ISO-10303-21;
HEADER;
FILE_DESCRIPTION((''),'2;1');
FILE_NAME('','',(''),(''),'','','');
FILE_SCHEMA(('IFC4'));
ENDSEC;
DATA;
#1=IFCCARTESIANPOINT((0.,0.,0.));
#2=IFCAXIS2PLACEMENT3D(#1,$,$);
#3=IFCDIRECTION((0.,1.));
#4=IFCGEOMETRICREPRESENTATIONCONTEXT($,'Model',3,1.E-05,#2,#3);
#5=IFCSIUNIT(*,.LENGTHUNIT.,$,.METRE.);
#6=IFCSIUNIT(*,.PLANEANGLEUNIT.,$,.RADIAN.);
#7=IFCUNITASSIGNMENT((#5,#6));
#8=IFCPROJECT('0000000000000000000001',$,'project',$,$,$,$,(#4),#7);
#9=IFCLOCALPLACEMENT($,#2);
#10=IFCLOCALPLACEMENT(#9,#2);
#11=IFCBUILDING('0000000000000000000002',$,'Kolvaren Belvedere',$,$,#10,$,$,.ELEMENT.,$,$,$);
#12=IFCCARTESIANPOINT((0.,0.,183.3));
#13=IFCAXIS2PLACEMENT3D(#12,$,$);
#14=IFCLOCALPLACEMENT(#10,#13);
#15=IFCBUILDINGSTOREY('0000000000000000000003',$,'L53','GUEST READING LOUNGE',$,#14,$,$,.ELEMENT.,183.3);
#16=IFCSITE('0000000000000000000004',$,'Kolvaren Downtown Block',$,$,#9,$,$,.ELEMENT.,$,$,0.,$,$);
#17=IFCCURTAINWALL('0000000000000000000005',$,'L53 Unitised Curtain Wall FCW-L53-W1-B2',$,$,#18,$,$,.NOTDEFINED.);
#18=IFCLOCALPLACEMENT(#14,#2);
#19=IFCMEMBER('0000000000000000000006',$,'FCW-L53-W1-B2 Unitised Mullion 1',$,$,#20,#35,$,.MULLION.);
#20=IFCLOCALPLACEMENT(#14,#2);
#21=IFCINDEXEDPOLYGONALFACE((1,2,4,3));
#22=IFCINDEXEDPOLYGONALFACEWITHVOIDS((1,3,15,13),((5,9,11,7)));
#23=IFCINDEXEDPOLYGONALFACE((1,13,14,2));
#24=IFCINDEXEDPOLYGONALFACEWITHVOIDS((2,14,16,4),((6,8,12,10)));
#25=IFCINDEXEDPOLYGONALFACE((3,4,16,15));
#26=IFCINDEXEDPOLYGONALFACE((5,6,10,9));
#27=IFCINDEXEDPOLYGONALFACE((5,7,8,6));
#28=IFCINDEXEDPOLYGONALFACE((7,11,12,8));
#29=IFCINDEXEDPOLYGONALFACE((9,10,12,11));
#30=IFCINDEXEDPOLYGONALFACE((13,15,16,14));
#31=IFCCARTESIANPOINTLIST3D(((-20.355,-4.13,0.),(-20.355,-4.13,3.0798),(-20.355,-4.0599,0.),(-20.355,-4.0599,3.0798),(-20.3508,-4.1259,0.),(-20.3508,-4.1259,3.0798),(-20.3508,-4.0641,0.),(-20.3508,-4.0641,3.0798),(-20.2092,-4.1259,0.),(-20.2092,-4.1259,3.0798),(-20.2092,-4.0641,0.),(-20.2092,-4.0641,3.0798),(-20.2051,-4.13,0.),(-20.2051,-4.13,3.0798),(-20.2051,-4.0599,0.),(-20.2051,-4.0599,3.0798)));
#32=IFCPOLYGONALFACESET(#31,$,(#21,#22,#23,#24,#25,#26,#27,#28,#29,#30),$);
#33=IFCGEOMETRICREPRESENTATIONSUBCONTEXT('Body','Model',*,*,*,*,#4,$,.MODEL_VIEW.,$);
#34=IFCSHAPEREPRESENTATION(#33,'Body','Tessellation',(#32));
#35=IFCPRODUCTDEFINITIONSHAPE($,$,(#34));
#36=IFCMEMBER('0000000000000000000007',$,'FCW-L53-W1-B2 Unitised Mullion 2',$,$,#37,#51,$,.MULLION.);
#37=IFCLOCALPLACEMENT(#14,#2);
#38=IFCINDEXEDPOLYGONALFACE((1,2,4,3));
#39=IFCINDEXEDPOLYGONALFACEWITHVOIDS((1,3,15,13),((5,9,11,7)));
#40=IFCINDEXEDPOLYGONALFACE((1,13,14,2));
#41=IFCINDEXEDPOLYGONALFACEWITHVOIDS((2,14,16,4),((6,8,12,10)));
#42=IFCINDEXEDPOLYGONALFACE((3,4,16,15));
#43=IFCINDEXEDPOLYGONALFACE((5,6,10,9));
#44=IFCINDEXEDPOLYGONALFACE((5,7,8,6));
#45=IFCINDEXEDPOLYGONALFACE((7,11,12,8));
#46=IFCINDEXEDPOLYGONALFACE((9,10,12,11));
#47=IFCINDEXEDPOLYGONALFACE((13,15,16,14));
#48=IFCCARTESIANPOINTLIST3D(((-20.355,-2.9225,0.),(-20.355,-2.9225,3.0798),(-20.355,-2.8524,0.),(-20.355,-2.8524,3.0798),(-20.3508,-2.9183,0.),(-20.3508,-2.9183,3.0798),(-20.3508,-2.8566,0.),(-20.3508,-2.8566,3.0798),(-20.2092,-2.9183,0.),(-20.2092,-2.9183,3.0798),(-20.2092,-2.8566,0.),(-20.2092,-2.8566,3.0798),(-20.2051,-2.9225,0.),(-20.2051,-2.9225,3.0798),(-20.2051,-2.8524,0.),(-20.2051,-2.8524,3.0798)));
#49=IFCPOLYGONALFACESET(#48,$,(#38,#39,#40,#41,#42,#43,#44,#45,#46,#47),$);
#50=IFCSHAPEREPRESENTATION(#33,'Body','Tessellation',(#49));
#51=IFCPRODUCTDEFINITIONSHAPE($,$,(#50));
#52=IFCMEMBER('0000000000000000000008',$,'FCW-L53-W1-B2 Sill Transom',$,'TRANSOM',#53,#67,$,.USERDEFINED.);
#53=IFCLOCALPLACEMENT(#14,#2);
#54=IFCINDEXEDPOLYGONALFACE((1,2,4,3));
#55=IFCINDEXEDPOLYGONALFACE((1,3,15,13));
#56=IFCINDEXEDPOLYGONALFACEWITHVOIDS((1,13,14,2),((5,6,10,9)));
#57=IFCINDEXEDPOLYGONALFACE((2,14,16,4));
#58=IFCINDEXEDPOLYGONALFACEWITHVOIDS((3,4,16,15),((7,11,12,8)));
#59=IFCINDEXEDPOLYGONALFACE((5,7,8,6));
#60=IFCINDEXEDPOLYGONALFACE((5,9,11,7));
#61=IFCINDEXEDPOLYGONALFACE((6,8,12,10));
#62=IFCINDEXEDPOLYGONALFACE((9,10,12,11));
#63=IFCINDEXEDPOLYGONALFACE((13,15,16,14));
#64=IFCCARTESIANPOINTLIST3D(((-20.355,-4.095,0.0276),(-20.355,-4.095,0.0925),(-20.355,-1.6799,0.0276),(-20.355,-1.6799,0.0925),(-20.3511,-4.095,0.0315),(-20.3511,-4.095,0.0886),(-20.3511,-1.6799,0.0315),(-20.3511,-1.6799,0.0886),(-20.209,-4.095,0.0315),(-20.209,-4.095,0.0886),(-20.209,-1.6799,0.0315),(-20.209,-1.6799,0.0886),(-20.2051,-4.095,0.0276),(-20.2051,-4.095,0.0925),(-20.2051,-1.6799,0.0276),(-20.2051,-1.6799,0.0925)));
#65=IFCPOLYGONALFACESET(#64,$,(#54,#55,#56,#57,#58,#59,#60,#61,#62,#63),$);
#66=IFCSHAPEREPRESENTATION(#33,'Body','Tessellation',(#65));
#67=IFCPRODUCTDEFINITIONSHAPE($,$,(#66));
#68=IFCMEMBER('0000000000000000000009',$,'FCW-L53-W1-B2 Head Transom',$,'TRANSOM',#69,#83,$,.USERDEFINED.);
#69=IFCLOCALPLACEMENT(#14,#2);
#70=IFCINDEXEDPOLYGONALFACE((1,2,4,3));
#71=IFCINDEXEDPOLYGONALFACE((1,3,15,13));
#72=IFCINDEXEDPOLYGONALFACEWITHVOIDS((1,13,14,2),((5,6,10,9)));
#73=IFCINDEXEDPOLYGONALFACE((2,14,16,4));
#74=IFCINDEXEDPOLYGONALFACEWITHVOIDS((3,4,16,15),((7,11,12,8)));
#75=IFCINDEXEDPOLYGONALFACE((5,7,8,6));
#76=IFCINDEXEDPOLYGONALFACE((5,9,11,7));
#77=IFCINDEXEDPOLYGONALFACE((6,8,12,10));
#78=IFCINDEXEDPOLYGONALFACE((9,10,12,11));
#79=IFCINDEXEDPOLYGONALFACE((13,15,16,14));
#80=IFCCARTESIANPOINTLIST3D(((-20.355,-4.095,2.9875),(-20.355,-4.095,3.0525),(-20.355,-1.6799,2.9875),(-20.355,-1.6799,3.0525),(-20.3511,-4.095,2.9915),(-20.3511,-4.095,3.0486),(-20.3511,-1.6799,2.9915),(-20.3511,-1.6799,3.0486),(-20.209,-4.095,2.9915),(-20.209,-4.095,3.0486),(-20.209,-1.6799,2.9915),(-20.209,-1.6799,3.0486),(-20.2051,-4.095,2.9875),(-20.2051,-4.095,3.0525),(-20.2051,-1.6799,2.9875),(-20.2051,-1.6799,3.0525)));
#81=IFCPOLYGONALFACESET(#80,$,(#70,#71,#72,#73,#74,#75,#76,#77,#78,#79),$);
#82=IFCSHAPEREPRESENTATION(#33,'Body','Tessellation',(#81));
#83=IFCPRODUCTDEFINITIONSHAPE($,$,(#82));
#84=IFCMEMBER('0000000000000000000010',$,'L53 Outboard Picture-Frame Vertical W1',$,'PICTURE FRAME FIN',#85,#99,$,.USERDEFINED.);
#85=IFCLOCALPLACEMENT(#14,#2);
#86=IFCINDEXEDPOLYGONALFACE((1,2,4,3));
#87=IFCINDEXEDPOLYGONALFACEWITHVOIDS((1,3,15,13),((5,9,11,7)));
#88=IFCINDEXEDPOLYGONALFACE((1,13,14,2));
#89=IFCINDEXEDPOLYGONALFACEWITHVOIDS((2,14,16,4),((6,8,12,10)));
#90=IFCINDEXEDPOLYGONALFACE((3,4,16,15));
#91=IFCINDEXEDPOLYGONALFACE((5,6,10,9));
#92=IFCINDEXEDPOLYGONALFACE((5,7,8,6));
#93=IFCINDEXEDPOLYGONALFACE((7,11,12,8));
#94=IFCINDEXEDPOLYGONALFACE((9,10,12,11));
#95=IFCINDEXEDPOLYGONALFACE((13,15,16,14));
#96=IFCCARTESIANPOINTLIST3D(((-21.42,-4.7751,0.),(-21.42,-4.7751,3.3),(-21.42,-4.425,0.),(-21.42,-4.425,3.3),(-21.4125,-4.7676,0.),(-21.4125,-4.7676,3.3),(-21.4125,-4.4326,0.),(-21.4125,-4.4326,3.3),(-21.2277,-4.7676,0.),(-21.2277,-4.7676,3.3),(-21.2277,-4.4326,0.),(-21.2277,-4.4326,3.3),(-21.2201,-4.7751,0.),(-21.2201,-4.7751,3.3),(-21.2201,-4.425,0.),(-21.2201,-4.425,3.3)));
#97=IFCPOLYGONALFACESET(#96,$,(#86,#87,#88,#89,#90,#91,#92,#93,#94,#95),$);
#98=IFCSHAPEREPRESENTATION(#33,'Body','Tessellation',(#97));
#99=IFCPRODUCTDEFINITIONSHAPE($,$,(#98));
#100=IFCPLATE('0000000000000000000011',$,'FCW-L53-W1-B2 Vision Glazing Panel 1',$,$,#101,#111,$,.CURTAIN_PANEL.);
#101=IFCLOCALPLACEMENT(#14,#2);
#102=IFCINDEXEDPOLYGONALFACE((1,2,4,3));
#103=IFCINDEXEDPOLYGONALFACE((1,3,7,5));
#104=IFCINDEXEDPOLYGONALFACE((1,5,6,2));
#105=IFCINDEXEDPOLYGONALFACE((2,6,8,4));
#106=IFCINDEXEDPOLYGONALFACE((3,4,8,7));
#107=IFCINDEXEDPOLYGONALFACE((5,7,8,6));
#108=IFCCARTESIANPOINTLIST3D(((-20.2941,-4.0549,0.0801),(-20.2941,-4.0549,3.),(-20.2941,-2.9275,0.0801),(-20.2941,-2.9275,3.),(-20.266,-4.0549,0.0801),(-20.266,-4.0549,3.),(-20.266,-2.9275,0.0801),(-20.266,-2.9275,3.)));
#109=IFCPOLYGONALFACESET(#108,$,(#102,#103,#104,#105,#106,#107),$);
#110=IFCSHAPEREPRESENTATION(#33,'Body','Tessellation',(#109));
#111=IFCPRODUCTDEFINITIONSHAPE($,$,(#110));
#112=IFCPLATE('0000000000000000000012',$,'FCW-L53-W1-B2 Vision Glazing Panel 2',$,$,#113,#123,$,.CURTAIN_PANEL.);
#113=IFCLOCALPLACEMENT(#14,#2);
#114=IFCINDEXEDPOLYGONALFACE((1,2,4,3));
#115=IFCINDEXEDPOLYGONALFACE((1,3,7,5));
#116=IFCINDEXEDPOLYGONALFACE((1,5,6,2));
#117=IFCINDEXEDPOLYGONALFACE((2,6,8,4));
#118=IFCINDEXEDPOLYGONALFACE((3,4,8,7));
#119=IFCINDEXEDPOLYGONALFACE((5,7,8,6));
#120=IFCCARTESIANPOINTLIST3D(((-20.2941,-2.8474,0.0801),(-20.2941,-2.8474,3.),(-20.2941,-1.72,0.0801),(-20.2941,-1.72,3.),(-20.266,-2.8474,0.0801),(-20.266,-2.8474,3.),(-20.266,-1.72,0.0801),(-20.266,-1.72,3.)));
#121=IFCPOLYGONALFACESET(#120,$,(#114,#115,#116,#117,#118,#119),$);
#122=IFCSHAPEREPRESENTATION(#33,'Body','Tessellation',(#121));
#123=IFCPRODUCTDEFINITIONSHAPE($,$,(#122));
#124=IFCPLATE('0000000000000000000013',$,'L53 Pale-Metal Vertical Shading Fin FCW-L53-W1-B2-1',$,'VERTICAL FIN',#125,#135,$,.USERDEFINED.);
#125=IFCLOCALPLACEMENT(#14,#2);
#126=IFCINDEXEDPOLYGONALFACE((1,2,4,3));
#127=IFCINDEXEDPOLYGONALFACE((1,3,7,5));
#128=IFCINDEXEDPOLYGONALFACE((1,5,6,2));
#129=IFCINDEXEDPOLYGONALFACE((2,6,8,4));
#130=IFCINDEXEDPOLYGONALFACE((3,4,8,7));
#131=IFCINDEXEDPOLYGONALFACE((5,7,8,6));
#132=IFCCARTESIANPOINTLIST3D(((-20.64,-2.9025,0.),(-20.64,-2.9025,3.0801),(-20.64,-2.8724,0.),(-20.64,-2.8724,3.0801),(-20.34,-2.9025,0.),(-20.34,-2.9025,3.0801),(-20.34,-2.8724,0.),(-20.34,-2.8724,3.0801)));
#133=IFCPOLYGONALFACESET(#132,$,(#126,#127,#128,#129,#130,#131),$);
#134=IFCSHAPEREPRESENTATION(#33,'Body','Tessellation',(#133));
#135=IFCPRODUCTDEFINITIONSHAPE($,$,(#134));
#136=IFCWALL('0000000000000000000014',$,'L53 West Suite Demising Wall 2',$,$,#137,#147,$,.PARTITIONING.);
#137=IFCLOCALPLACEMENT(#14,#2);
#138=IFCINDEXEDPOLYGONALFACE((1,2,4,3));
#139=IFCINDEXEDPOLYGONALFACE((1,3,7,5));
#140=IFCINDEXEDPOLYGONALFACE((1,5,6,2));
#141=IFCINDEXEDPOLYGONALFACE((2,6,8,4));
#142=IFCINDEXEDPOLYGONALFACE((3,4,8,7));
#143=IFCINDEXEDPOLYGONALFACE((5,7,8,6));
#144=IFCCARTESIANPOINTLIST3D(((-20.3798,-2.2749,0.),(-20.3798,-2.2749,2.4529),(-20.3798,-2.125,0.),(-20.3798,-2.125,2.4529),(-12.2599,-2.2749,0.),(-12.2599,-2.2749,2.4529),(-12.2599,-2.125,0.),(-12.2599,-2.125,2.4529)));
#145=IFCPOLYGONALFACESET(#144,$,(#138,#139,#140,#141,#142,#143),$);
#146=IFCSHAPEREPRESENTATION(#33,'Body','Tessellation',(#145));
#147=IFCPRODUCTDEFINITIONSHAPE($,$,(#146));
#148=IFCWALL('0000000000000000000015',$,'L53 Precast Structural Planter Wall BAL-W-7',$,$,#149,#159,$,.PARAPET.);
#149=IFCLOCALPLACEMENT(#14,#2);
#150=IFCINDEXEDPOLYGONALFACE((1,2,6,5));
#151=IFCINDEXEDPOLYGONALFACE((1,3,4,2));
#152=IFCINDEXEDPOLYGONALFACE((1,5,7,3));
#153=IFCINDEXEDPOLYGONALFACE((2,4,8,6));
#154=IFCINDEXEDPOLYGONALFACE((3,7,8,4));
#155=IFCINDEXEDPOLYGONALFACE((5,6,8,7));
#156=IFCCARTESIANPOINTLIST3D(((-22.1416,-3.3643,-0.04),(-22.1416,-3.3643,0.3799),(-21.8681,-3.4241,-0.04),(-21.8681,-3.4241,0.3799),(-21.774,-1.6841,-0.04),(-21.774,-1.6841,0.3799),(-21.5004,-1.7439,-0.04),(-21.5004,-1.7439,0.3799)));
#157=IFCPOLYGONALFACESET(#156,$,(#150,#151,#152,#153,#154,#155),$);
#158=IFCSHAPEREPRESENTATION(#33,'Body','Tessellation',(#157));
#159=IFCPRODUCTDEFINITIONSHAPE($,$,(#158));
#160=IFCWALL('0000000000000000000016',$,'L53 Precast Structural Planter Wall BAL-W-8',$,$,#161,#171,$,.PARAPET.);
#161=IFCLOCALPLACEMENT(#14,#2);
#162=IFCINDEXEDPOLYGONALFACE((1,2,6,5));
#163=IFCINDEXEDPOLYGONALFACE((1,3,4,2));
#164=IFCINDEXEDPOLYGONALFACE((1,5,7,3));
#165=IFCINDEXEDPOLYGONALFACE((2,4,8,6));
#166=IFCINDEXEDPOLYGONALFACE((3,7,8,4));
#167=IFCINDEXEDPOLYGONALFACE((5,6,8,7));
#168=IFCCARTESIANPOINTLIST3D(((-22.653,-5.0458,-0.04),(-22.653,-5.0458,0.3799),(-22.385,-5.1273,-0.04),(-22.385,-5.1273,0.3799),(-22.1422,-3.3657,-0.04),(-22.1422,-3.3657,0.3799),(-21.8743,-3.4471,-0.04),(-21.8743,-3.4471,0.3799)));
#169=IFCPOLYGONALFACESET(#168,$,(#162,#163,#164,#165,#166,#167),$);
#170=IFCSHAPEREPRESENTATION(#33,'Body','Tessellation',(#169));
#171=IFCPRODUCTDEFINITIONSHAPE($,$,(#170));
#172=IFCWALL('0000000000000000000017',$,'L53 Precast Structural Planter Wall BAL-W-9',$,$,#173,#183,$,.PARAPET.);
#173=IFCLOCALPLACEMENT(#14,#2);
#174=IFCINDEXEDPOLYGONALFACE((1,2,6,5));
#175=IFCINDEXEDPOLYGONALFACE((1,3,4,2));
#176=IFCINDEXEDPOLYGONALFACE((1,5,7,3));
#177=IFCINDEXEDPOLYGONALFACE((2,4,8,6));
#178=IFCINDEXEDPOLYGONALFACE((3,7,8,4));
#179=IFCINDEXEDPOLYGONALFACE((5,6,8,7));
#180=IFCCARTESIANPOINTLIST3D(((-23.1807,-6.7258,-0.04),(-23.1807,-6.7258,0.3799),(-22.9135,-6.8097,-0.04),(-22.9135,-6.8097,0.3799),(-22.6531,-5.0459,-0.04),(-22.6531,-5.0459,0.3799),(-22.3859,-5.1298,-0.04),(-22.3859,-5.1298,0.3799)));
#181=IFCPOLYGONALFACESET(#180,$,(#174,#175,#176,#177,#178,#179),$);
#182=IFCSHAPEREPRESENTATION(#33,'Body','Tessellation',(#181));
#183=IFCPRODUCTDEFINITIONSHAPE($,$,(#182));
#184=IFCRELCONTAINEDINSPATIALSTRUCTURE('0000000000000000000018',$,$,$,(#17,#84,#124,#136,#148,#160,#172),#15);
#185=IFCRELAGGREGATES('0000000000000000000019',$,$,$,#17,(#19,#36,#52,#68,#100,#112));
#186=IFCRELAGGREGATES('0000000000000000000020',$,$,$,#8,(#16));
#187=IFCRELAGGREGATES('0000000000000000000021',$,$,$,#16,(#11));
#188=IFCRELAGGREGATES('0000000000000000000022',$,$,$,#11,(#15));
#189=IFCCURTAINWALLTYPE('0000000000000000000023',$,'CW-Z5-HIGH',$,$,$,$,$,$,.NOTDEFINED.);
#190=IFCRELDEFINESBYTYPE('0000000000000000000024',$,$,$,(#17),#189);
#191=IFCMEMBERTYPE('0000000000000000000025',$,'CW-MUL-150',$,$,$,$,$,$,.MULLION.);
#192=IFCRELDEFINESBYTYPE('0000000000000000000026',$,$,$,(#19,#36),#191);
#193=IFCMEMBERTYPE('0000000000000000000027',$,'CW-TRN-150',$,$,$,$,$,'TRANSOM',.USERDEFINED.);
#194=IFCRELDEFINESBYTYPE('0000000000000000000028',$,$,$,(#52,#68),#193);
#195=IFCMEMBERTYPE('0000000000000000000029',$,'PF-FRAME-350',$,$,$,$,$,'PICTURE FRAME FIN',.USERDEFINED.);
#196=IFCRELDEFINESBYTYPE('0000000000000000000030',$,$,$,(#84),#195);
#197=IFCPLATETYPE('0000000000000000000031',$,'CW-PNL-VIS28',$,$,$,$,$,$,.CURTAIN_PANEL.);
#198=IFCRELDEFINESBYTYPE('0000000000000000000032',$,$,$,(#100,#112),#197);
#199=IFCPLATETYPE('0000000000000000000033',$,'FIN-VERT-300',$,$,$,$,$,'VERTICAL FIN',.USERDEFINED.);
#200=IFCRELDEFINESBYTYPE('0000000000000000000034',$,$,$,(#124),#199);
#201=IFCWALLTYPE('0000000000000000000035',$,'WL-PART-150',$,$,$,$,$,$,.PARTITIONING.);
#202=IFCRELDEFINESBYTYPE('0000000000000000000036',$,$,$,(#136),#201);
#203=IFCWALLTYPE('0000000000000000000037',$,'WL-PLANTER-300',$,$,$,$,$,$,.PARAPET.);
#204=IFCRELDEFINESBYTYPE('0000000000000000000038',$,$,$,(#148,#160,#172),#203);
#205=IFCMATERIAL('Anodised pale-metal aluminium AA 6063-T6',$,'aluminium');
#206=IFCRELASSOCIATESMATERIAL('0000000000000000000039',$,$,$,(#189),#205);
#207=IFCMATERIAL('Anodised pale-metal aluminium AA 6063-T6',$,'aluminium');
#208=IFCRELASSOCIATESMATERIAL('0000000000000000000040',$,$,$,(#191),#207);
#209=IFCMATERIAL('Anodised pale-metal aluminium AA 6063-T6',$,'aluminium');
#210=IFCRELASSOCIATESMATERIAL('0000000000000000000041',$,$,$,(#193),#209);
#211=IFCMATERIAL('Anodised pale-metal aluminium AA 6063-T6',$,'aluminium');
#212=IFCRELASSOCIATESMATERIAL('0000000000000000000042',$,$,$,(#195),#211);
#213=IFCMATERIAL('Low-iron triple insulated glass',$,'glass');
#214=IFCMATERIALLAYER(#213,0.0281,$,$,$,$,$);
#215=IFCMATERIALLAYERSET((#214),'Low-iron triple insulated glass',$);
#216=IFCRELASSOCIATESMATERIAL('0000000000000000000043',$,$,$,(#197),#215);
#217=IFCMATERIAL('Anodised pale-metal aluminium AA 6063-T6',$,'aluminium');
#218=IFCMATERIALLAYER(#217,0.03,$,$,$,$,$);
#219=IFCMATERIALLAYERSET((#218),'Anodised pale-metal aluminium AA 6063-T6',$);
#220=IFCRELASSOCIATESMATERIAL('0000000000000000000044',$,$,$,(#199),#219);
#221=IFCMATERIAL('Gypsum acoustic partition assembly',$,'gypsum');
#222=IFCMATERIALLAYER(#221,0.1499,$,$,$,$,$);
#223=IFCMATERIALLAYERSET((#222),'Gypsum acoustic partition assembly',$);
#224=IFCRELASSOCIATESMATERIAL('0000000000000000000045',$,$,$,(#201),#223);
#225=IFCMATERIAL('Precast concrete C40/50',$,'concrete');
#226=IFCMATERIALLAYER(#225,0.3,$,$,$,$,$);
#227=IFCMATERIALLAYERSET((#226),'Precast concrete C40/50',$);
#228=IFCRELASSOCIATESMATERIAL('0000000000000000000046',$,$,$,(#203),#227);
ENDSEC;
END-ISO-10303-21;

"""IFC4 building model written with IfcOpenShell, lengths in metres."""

from ifc_helpers import new_model, si_unit, direction, frame, frame_2d, origin, origin_2d, place, context, subcontext, project, spatial, rectangle, hollow_rectangle, extrude, material, layer, layer_set, material_profile, profile_set, type_object, element, aggregate, save


model = new_model("IFC4")

# Units and contexts
model_context = context("Model", 3, precision=1e-05, world=origin(), true_north=direction((0.0, 1.0)))
body_context = subcontext(model_context, "Body", "Model", "MODEL_VIEW")
ifc_project = project(units=[si_unit("LENGTHUNIT", "METRE"), si_unit("PLANEANGLEUNIT", "RADIAN")], contexts=[model_context])

# Site, building, storey
site_placement = place(None, origin())
site = spatial("IfcSite", under=ifc_project, at=site_placement, Name="Kolvaren Downtown Block", CompositionType="ELEMENT", RefElevation=0.0)
building_placement = place(site_placement, origin())
building = spatial("IfcBuilding", under=site, at=building_placement, Name="Kolvaren Belvedere", CompositionType="ELEMENT")
storey_placement = place(building_placement, frame((0.0, 0.0, 183.3)))
storey = spatial("IfcBuildingStorey", under=building, at=storey_placement, Name="L53", Description="GUEST READING LOUNGE", CompositionType="ELEMENT", Elevation=183.3)

# Shared definitions
ifc_material_1 = material(Name="Anodised pale-metal aluminium AA 6063-T6", Category="aluminium")
curtain_wall_type = type_object("IfcCurtainWallType", Name="CW-Z5-HIGH", PredefinedType="NOTDEFINED", material=ifc_material_1)
ifc_material_2 = material(Name="Anodised pale-metal aluminium AA 6063-T6", Category="aluminium")
ifc_material_profile_1 = material_profile(ifc_material_2, hollow_rectangle(XDim=0.0701, YDim=0.1499, WallThickness=0.0042, at=origin_2d()), Name="ALU-MUL-150X70")
ifc_profile_set_1 = profile_set([ifc_material_profile_1], Name="Anodised pale-metal aluminium AA 6063-T6")
member_type_1 = type_object("IfcMemberType", Name="CW-MUL-150", PredefinedType="MULLION", material=ifc_profile_set_1)

# Curtain wall, members
curtain_wall_1_placement = place(storey_placement, origin())
curtain_wall_1 = element("IfcCurtainWall", 1, at=curtain_wall_1_placement, inside=storey, type_object=curtain_wall_type, Name="L53 Unitised Curtain Wall FCW-L53-W1-B2", PredefinedType="NOTDEFINED")
member_1_placement = place(storey_placement, frame((-20.28, -4.095, 0.0), z_axis=(0.0, 0.0, 1.0), x_axis=(0.0, 1.0, 0.0)))
member_1 = element("IfcMember", 2, at=member_1_placement, type_object=member_type_1, Name="FCW-L53-W1-B2 Unitised Mullion 1", PredefinedType="MULLION", context=body_context, shape_type="SweptSolid", body=[
    extrude(hollow_rectangle(XDim=0.0701, YDim=0.1499, WallThickness=0.0042, at=origin_2d()), origin(), (0.0, 0.0, 1.0), 3.0798),
])
member_2_placement = place(storey_placement, frame((-20.28, -2.8875, 0.0), z_axis=(0.0, 0.0, 1.0), x_axis=(0.0, 1.0, 0.0)))
member_2 = element("IfcMember", 3, at=member_2_placement, type_object=member_type_1, Name="FCW-L53-W1-B2 Unitised Mullion 2", PredefinedType="MULLION", context=body_context, shape_type="SweptSolid", body=[
    extrude(hollow_rectangle(XDim=0.0701, YDim=0.1499, WallThickness=0.0042, at=origin_2d()), origin(), (0.0, 0.0, 1.0), 3.0798),
])
ifc_material_3 = material(Name="Anodised pale-metal aluminium AA 6063-T6", Category="aluminium")
ifc_material_profile_2 = material_profile(ifc_material_3, hollow_rectangle(XDim=0.0649, YDim=0.1499, WallThickness=0.0039, at=origin_2d()), Name="ALU-TRN-150X65")
ifc_profile_set_2 = profile_set([ifc_material_profile_2], Name="Anodised pale-metal aluminium AA 6063-T6")
member_type_2 = type_object("IfcMemberType", Name="CW-TRN-150", ElementType="TRANSOM", PredefinedType="USERDEFINED", material=ifc_profile_set_2)
member_3_placement = place(storey_placement, frame((-20.28, -4.095, 0.0601), z_axis=(0.0, 1.0, 0.0), x_axis=(0.0, 0.0, 1.0)))
member_3 = element("IfcMember", 4, at=member_3_placement, type_object=member_type_2, Name="FCW-L53-W1-B2 Sill Transom", ObjectType="TRANSOM", PredefinedType="USERDEFINED", context=body_context, shape_type="SweptSolid", body=[
    extrude(hollow_rectangle(XDim=0.0649, YDim=0.1499, WallThickness=0.0039, at=origin_2d()), origin(), (0.0, 0.0, 1.0), 2.415),
])
member_4_placement = place(storey_placement, frame((-20.28, -4.095, 3.02), z_axis=(0.0, 1.0, 0.0), x_axis=(0.0, 0.0, 1.0)))
member_4 = element("IfcMember", 5, at=member_4_placement, type_object=member_type_2, Name="FCW-L53-W1-B2 Head Transom", ObjectType="TRANSOM", PredefinedType="USERDEFINED", context=body_context, shape_type="SweptSolid", body=[
    extrude(hollow_rectangle(XDim=0.0649, YDim=0.1499, WallThickness=0.0039, at=origin_2d()), origin(), (0.0, 0.0, 1.0), 2.415),
])

# Member
ifc_material_4 = material(Name="Anodised pale-metal aluminium AA 6063-T6", Category="aluminium")
ifc_material_profile_3 = material_profile(ifc_material_4, hollow_rectangle(XDim=0.2, YDim=0.3501, WallThickness=0.0076, at=origin_2d()), Name="ALU-PF-350X200")
ifc_profile_set_3 = profile_set([ifc_material_profile_3], Name="Anodised pale-metal aluminium AA 6063-T6")
member_type_3 = type_object("IfcMemberType", Name="PF-FRAME-350", ElementType="PICTURE FRAME FIN", PredefinedType="USERDEFINED", material=ifc_profile_set_3)
member_5_placement = place(storey_placement, frame((-21.3201, -4.6001, 0.0), z_axis=(0.0, 0.0, 1.0), x_axis=(1.0, 0.0, 0.0)))
element("IfcMember", 6, at=member_5_placement, inside=storey, type_object=member_type_3, Name="L53 Outboard Picture-Frame Vertical W1", ObjectType="PICTURE FRAME FIN", PredefinedType="USERDEFINED", context=body_context, shape_type="SweptSolid", body=[
    extrude(hollow_rectangle(XDim=0.2, YDim=0.3501, WallThickness=0.0076, at=origin_2d()), origin(), (0.0, 0.0, 1.0), 3.3),
])

# Plates
ifc_material_5 = material(Name="Low-iron triple insulated glass", Category="glass")
ifc_layer_1 = layer(ifc_material_5, 0.0281)
ifc_layer_set_1 = layer_set([ifc_layer_1], Name="Low-iron triple insulated glass")
plate_type_1 = type_object("IfcPlateType", Name="CW-PNL-VIS28", PredefinedType="CURTAIN_PANEL", material=ifc_layer_set_1)
plate_1_placement = place(storey_placement, frame((-20.28, -3.4912, 0.0801), z_axis=(0.0, 0.0, 1.0), x_axis=(0.0, 1.0, 0.0)))
plate_1 = element("IfcPlate", 7, at=plate_1_placement, type_object=plate_type_1, Name="FCW-L53-W1-B2 Vision Glazing Panel 1", PredefinedType="CURTAIN_PANEL", context=body_context, shape_type="SweptSolid", body=[
    extrude(rectangle(XDim=1.1274, YDim=0.0281, at=origin_2d()), origin(), (0.0, 0.0, 1.0), 2.9199),
])
plate_2_placement = place(storey_placement, frame((-20.28, -2.2837, 0.0801), z_axis=(0.0, 0.0, 1.0), x_axis=(0.0, 1.0, 0.0)))
plate_2 = element("IfcPlate", 8, at=plate_2_placement, type_object=plate_type_1, Name="FCW-L53-W1-B2 Vision Glazing Panel 2", PredefinedType="CURTAIN_PANEL", context=body_context, shape_type="SweptSolid", body=[
    extrude(rectangle(XDim=1.1274, YDim=0.0281, at=origin_2d()), origin(), (0.0, 0.0, 1.0), 2.9199),
])
aggregate(curtain_wall_1, [member_1, member_2, member_3, member_4, plate_1, plate_2])
ifc_material_6 = material(Name="Anodised pale-metal aluminium AA 6063-T6", Category="aluminium")
ifc_layer_2 = layer(ifc_material_6, 0.03)
ifc_layer_set_2 = layer_set([ifc_layer_2], Name="Anodised pale-metal aluminium AA 6063-T6")
plate_type_2 = type_object("IfcPlateType", Name="FIN-VERT-300", ElementType="VERTICAL FIN", PredefinedType="USERDEFINED", material=ifc_layer_set_2)
plate_3_placement = place(storey_placement, frame((-20.49, -2.8875, 0.0), z_axis=(0.0, 0.0, 1.0), x_axis=(1.0, 0.0, 0.0)))
element("IfcPlate", 9, at=plate_3_placement, inside=storey, type_object=plate_type_2, Name="L53 Pale-Metal Vertical Shading Fin FCW-L53-W1-B2-1", ObjectType="VERTICAL FIN", PredefinedType="USERDEFINED", context=body_context, shape_type="SweptSolid", body=[
    extrude(rectangle(XDim=0.3, YDim=0.03, at=origin_2d()), origin(), (0.0, 0.0, 1.0), 3.0801),
])

# Walls
ifc_material_7 = material(Name="Gypsum acoustic partition assembly", Category="gypsum")
ifc_layer_3 = layer(ifc_material_7, 0.1499)
ifc_layer_set_3 = layer_set([ifc_layer_3], Name="Gypsum acoustic partition assembly")
wall_type_1 = type_object("IfcWallType", Name="WL-PART-150", PredefinedType="PARTITIONING", material=ifc_layer_set_3)
wall_1_placement = place(storey_placement, frame((-20.3799, -2.2, 0.0), z_axis=(0.0, 0.0, 1.0), x_axis=(1.0, 0.0, 0.0)))
element("IfcWall", 10, at=wall_1_placement, inside=storey, type_object=wall_type_1, Name="L53 West Suite Demising Wall 2", PredefinedType="PARTITIONING", context=body_context, shape_type="SweptSolid", body=[
    extrude(rectangle(XDim=8.1199, YDim=0.1499, at=frame_2d((4.0601, 0.0))), origin(), (0.0, 0.0, 1.0), 2.4529),
])
ifc_material_8 = material(Name="Precast concrete C40/50", Category="concrete")
ifc_layer_4 = layer(ifc_material_8, 0.3)
ifc_layer_set_4 = layer_set([ifc_layer_4], Name="Precast concrete C40/50")
wall_type_2 = type_object("IfcWallType", Name="WL-PLANTER-300", PredefinedType="PARAPET", material=ifc_layer_set_4)
wall_2_placement = place(storey_placement, frame((-21.6372, -1.7141, -0.04), z_axis=(0.0, 0.0, 1.0), x_axis=(-0.213773, -0.976883, 0.0)))
element("IfcWall", 11, at=wall_2_placement, inside=storey, type_object=wall_type_2, Name="L53 Precast Structural Planter Wall BAL-W-7", PredefinedType="PARAPET", context=body_context, shape_type="SweptSolid", body=[
    extrude(rectangle(XDim=1.72, YDim=0.28, at=frame_2d((0.8599, 0.0))), origin(), (0.0, 0.0, 1.0), 0.4199),
])
wall_3_placement = place(storey_placement, frame((-22.0083, -3.4065, -0.04), z_axis=(0.0, 0.0, 1.0), x_axis=(-0.290841, -0.956771, 0.0)))
element("IfcWall", 12, at=wall_3_placement, inside=storey, type_object=wall_type_2, Name="L53 Precast Structural Planter Wall BAL-W-8", PredefinedType="PARAPET", context=body_context, shape_type="SweptSolid", body=[
    extrude(rectangle(XDim=1.7561, YDim=0.28, at=frame_2d((0.8779, 0.0))), origin(), (0.0, 0.0, 1.0), 0.4199),
])
wall_4_placement = place(storey_placement, frame((-22.5195, -5.0879, -0.04), z_axis=(0.0, 0.0, 1.0), x_axis=(-0.299625, -0.954057, 0.0)))
element("IfcWall", 13, at=wall_4_placement, inside=storey, type_object=wall_type_2, Name="L53 Precast Structural Planter Wall BAL-W-9", PredefinedType="PARAPET", context=body_context, shape_type="SweptSolid", body=[
    extrude(rectangle(XDim=1.7607, YDim=0.28, at=frame_2d((0.8804, 0.0))), origin(), (0.0, 0.0, 1.0), 0.4199),
])

save(model, "model.ifc")
